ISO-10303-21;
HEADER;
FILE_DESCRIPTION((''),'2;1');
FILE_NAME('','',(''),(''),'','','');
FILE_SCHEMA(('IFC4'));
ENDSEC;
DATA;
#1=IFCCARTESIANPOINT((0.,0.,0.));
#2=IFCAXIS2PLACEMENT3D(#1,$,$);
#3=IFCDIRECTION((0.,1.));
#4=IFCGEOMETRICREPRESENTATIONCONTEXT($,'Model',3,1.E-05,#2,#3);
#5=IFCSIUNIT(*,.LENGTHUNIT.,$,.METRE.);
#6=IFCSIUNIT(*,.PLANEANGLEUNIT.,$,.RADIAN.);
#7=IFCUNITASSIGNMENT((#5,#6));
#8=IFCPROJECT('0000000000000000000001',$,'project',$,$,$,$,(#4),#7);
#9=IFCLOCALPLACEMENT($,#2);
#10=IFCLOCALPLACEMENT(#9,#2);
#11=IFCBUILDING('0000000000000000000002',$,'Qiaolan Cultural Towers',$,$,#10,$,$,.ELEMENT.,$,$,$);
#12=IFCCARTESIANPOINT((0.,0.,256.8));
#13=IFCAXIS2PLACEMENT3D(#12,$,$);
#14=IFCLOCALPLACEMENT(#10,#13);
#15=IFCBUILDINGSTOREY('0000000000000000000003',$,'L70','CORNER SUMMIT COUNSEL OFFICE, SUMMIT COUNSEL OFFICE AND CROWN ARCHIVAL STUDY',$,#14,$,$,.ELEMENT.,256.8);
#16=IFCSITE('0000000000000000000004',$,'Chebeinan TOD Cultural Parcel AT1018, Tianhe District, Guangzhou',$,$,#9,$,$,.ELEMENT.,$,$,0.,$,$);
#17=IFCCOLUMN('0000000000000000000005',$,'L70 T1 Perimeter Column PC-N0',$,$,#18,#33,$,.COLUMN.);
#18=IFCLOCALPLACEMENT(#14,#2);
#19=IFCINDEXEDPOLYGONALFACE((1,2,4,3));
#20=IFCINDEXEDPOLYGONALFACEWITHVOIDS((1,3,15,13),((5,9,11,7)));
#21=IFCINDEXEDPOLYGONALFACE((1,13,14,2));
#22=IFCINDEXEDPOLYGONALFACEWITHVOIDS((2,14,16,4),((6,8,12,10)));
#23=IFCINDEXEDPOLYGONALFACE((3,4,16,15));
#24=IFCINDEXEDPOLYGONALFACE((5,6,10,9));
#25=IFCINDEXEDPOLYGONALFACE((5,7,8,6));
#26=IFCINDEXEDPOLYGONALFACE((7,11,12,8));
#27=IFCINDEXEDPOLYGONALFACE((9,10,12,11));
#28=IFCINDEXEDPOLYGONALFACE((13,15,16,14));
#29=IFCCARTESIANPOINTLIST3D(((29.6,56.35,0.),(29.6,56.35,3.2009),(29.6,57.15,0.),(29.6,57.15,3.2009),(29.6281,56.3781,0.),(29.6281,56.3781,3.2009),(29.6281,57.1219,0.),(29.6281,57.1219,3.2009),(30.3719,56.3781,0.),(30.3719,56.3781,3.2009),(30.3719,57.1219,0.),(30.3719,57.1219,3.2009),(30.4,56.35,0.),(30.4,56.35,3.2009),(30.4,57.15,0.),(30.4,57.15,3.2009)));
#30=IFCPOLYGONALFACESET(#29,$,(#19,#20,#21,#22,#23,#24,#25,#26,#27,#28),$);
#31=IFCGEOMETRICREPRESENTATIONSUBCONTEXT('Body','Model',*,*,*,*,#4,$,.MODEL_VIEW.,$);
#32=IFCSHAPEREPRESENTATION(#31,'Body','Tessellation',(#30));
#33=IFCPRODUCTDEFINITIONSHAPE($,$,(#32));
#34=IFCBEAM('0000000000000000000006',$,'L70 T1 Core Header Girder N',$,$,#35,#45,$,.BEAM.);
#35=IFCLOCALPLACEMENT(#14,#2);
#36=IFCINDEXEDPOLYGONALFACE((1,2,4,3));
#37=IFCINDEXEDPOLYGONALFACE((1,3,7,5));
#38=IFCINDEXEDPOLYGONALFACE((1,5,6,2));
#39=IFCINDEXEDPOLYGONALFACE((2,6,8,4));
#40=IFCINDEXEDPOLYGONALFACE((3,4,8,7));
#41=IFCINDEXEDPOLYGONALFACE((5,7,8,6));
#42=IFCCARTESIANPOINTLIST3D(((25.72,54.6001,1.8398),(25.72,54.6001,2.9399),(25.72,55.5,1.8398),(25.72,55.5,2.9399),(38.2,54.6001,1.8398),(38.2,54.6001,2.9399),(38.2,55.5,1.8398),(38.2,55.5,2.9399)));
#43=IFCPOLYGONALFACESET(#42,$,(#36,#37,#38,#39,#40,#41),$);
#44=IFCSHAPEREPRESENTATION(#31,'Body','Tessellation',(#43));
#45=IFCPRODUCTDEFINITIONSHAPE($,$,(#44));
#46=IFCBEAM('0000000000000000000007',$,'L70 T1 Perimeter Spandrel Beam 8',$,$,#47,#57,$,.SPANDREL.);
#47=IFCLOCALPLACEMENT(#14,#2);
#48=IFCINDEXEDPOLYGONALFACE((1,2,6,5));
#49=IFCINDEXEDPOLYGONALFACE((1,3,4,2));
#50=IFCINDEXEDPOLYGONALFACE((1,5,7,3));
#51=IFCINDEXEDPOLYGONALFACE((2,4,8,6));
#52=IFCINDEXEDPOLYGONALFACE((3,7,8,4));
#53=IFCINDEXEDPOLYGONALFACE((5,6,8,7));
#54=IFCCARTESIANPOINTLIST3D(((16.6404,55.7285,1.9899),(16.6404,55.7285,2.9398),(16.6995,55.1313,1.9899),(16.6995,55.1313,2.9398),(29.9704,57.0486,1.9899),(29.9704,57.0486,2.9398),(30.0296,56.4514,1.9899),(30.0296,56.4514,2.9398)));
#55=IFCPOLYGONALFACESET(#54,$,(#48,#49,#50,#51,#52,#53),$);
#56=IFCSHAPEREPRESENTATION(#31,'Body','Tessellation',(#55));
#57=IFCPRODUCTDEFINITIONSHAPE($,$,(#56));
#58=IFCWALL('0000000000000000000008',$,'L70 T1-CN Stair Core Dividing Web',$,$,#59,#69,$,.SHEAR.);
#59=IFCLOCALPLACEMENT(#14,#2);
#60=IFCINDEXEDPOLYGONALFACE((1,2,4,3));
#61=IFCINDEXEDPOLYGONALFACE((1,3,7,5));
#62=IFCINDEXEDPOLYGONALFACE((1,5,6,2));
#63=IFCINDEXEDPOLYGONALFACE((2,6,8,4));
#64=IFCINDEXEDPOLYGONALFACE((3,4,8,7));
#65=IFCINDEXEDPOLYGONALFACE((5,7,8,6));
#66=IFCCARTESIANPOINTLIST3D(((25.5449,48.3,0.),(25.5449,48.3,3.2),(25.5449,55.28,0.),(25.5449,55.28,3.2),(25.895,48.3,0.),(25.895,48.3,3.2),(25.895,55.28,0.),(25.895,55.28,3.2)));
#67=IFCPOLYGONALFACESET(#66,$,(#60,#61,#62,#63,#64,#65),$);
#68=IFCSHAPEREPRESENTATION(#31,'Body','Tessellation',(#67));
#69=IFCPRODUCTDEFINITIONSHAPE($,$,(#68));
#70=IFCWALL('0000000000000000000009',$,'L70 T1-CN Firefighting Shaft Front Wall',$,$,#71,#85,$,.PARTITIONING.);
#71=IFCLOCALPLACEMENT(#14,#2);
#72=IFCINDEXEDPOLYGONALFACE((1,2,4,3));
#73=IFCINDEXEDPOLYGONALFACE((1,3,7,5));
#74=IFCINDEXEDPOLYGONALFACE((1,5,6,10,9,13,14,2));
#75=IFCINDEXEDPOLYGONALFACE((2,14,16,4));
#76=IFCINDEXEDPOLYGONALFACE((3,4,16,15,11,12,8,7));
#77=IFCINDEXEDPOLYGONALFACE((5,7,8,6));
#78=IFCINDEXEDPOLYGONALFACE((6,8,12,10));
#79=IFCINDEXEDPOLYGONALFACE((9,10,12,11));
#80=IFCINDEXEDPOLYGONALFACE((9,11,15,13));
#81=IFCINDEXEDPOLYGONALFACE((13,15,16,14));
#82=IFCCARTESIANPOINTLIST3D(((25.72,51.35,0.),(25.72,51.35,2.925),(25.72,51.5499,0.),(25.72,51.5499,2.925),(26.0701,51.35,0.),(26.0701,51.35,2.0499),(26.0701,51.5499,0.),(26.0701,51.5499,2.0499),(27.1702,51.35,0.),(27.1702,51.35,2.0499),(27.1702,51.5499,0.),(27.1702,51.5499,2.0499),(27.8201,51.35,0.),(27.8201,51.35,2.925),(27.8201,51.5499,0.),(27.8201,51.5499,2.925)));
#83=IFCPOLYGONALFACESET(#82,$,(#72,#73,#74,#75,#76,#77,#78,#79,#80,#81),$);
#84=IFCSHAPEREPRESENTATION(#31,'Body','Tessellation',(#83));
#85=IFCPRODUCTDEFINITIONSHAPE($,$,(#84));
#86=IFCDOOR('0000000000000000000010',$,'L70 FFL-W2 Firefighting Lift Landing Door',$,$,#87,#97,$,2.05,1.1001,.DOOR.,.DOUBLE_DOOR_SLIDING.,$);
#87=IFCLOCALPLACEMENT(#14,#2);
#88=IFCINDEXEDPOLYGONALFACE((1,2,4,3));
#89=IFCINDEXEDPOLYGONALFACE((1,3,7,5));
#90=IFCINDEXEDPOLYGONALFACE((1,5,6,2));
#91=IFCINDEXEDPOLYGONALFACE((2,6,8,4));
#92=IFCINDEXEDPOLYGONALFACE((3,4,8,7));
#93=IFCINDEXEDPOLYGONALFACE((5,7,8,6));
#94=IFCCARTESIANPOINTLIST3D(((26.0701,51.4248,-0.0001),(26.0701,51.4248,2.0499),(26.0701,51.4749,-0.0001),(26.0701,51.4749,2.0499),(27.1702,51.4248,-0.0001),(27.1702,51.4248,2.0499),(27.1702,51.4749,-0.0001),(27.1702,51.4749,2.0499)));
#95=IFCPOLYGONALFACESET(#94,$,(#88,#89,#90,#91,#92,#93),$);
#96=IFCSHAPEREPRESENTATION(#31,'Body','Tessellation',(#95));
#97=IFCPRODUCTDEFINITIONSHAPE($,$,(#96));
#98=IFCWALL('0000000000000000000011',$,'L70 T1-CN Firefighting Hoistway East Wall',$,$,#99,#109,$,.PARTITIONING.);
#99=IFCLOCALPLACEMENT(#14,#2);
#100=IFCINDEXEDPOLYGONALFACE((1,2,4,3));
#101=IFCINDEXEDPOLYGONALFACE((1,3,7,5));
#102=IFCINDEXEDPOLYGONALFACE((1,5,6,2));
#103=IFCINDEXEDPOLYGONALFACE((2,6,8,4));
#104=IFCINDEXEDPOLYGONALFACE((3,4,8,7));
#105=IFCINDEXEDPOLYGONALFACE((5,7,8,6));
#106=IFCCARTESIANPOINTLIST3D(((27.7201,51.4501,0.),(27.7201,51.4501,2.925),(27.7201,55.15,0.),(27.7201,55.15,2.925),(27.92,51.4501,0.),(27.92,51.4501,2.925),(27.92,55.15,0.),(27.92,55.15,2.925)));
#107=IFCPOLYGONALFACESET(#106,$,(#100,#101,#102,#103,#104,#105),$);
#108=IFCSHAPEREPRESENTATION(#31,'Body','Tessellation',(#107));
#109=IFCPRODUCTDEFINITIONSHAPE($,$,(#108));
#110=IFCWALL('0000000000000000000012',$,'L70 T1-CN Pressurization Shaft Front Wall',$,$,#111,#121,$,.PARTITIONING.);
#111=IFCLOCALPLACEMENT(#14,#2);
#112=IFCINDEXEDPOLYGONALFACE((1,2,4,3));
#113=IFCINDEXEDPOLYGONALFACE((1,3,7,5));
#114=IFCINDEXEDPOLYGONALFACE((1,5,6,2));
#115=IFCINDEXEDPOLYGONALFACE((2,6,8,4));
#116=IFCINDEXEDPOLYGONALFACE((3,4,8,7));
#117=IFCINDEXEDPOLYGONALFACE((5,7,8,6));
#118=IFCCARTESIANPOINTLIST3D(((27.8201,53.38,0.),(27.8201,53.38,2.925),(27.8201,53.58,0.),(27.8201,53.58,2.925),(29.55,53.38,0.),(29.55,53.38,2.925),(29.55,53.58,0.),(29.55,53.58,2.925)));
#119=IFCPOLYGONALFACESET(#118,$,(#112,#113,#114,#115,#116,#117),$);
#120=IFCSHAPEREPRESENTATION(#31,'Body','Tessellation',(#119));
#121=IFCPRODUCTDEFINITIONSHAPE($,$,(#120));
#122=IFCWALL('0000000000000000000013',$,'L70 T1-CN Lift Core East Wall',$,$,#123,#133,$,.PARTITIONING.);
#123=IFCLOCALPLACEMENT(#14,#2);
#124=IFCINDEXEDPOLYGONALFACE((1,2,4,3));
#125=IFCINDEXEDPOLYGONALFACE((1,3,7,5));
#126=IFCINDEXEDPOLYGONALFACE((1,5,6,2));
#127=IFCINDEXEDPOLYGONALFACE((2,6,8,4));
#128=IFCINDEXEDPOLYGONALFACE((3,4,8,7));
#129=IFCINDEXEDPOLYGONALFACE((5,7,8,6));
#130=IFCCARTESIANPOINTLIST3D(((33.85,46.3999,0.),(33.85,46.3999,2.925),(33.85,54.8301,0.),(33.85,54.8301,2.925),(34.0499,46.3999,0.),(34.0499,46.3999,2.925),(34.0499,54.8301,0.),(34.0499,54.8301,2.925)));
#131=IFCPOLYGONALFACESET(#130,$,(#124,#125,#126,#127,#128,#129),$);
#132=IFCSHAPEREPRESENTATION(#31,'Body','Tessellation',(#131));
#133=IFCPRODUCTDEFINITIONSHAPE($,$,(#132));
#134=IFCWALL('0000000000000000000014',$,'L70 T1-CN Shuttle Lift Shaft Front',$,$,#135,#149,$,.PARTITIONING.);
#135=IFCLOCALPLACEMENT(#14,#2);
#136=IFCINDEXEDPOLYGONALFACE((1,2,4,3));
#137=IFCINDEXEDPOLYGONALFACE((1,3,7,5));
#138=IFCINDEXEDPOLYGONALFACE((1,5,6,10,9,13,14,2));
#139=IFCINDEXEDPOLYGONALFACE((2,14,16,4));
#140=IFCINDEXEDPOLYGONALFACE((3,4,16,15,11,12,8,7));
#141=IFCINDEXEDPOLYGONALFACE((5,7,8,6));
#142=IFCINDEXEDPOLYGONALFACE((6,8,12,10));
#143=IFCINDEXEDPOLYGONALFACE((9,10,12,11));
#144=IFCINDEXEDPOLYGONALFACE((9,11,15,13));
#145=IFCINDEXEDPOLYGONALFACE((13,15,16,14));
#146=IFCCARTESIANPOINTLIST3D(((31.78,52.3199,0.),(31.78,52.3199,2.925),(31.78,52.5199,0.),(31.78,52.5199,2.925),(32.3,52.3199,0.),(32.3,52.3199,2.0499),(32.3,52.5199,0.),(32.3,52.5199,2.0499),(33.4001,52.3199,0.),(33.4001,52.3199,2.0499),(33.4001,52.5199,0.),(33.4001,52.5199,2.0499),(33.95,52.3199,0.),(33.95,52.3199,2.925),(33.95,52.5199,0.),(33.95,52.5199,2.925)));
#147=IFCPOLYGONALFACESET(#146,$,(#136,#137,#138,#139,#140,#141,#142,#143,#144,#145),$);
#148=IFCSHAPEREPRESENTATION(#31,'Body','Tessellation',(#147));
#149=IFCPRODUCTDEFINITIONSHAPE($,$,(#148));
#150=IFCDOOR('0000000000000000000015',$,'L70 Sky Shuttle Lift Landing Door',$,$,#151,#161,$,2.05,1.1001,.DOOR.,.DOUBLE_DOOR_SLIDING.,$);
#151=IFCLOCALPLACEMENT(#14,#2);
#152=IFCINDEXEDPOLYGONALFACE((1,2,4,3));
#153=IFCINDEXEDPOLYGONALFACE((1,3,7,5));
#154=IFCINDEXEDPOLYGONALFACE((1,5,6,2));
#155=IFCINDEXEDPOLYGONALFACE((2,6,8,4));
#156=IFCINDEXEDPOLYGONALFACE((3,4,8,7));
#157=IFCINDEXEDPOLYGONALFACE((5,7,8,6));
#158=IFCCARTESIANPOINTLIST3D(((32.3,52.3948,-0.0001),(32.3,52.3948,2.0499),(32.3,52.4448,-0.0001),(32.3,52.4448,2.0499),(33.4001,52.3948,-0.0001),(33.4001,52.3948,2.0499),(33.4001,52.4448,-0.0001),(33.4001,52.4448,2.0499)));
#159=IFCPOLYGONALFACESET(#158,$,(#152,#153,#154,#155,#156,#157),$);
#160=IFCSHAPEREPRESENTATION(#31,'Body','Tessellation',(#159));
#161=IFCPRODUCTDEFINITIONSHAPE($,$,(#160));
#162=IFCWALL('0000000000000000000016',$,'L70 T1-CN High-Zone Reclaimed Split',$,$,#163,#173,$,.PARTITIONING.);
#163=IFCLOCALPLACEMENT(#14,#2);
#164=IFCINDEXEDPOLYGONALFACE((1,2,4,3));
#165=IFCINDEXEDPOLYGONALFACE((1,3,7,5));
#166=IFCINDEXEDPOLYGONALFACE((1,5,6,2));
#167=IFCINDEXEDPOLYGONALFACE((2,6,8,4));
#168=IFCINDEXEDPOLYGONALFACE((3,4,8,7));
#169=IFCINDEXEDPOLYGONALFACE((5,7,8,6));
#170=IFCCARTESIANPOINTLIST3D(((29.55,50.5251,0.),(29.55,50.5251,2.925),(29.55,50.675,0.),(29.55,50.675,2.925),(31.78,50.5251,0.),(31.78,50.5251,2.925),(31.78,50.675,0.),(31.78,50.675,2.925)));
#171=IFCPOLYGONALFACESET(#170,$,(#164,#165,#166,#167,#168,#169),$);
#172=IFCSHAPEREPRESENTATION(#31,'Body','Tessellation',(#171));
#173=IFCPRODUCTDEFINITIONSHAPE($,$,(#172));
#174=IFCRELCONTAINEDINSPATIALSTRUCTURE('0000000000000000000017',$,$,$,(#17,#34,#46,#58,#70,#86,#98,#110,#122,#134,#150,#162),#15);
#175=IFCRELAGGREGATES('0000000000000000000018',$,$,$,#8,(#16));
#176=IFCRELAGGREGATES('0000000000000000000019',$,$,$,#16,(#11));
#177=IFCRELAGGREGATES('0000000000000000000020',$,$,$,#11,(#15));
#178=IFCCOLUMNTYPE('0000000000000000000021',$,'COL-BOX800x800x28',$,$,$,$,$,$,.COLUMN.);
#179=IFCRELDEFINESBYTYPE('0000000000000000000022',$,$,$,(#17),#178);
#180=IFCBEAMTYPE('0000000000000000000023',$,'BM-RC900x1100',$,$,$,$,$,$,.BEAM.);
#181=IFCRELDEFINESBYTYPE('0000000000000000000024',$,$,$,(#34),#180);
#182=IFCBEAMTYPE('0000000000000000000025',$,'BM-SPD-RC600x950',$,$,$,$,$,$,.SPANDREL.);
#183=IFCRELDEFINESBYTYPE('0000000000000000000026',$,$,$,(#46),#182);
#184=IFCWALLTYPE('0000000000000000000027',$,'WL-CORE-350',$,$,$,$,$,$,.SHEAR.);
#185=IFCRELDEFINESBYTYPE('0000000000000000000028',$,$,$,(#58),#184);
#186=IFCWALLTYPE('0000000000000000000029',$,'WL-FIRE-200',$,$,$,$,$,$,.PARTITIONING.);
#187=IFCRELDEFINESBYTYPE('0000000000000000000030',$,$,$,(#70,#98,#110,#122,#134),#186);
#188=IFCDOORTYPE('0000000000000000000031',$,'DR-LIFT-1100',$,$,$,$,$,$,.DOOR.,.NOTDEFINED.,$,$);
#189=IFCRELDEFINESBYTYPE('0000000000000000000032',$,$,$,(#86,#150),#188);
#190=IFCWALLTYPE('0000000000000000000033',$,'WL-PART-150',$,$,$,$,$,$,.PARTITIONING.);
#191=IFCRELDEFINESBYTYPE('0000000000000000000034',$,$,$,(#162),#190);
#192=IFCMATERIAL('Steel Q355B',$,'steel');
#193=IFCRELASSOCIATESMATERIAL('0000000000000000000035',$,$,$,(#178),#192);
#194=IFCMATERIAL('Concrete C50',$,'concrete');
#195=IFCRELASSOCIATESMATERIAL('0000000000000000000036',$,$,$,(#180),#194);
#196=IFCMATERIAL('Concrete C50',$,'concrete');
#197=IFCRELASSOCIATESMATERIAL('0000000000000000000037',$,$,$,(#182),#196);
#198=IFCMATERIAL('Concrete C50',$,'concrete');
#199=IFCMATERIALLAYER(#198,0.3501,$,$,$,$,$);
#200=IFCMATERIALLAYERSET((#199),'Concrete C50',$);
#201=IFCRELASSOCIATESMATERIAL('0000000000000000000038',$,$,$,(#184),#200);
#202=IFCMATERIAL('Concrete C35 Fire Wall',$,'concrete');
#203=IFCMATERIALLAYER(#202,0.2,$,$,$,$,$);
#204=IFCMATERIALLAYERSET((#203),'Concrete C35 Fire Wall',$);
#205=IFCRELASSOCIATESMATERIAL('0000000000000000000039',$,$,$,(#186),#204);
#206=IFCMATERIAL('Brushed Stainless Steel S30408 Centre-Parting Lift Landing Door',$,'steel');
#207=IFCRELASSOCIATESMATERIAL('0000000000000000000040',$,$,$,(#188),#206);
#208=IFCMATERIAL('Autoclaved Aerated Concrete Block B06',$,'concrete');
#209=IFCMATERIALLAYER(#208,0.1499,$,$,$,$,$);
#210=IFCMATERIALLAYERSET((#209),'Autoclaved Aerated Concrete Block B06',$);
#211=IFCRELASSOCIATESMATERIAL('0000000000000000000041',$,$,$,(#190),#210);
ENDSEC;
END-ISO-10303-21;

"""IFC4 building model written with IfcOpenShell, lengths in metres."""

from ifc_helpers import new_model, si_unit, direction, frame, frame_2d, origin, origin_2d, place, context, subcontext, project, spatial, rectangle, hollow_rectangle, extrude, material, layer, layer_set, material_profile, profile_set, type_object, element, fill, save


model = new_model("IFC4")

# Units and contexts
model_context = context("Model", 3, precision=1e-05, world=origin(), true_north=direction((0.0, 1.0)))
body_context = subcontext(model_context, "Body", "Model", "MODEL_VIEW")
ifc_project = project(units=[si_unit("LENGTHUNIT", "METRE"), si_unit("PLANEANGLEUNIT", "RADIAN")], contexts=[model_context])

# Site, building, storey
site_placement = place(None, origin())
site = spatial("IfcSite", under=ifc_project, at=site_placement, Name="Chebeinan TOD Cultural Parcel AT1018, Tianhe District, Guangzhou", CompositionType="ELEMENT", RefElevation=0.0)
building_placement = place(site_placement, origin())
building = spatial("IfcBuilding", under=site, at=building_placement, Name="Qiaolan Cultural Towers", CompositionType="ELEMENT")
storey_placement = place(building_placement, frame((0.0, 0.0, 256.8)))
storey = spatial("IfcBuildingStorey", under=building, at=storey_placement, Name="L70", Description="CORNER SUMMIT COUNSEL OFFICE, SUMMIT COUNSEL OFFICE AND CROWN ARCHIVAL STUDY", CompositionType="ELEMENT", Elevation=256.8)

# Column
ifc_material_1 = material(Name="Steel Q355B", Category="steel")
ifc_material_profile_1 = material_profile(ifc_material_1, hollow_rectangle(XDim=0.8, YDim=0.8, WallThickness=0.0281, at=origin_2d()), Name="BOX800x800x28")
ifc_profile_set_1 = profile_set([ifc_material_profile_1], Name="Steel Q355B")
column_type = type_object("IfcColumnType", Name="COL-BOX800x800x28", PredefinedType="COLUMN", material=ifc_profile_set_1)
column_placement = place(storey_placement, frame((30.0, 56.75, 0.0), z_axis=(0.0, 0.0, 1.0), x_axis=(1.0, 0.0, 0.0)))
element("IfcColumn", 1, at=column_placement, inside=storey, type_object=column_type, Name="L70 T1 Perimeter Column PC-N0", PredefinedType="COLUMN", context=body_context, shape_type="SweptSolid", body=[
    extrude(hollow_rectangle(XDim=0.8, YDim=0.8, WallThickness=0.0281, at=origin_2d()), origin(), (0.0, 0.0, 1.0), 3.2009),
])

# Beams
ifc_material_2 = material(Name="Concrete C50", Category="concrete")
ifc_material_profile_2 = material_profile(ifc_material_2, rectangle(XDim=0.8999, YDim=1.1001, at=origin_2d()), Name="RC900x1100")
ifc_profile_set_2 = profile_set([ifc_material_profile_2], Name="Concrete C50")
beam_type_1 = type_object("IfcBeamType", Name="BM-RC900x1100", PredefinedType="BEAM", material=ifc_profile_set_2)
beam_1_placement = place(storey_placement, frame((25.72, 55.05, 2.3899), z_axis=(1.0, 0.0, 0.0), x_axis=(0.0, 1.0, 0.0)))
element("IfcBeam", 2, at=beam_1_placement, inside=storey, type_object=beam_type_1, Name="L70 T1 Core Header Girder N", PredefinedType="BEAM", context=body_context, shape_type="SweptSolid", body=[
    extrude(rectangle(XDim=0.8999, YDim=1.1001, at=origin_2d()), origin(), (0.0, 0.0, 1.0), 12.48),
])
ifc_material_3 = material(Name="Concrete C50", Category="concrete")
ifc_material_profile_3 = material_profile(ifc_material_3, rectangle(XDim=0.6001, YDim=0.95, at=origin_2d()), Name="RC600x950")
ifc_profile_set_3 = profile_set([ifc_material_profile_3], Name="Concrete C50")
beam_type_2 = type_object("IfcBeamType", Name="BM-SPD-RC600x950", PredefinedType="SPANDREL", material=ifc_profile_set_3)
beam_2_placement = place(storey_placement, frame((30.0, 56.75, 2.4648), z_axis=(-0.995132, -0.098547, 0.0), x_axis=(0.098547, -0.995132, 0.0)))
element("IfcBeam", 3, at=beam_2_placement, inside=storey, type_object=beam_type_2, Name="L70 T1 Perimeter Spandrel Beam 8", PredefinedType="SPANDREL", context=body_context, shape_type="SweptSolid", body=[
    extrude(rectangle(XDim=0.6001, YDim=0.95, at=origin_2d()), origin(), (0.0, 0.0, 1.0), 13.3953),
])

# Wall
ifc_material_4 = material(Name="Concrete C50", Category="concrete")
ifc_layer_1 = layer(ifc_material_4, 0.3501)
ifc_layer_set_1 = layer_set([ifc_layer_1], Name="Concrete C50")
wall_type_1 = type_object("IfcWallType", Name="WL-CORE-350", PredefinedType="SHEAR", material=ifc_layer_set_1)
wall_1_placement = place(storey_placement, frame((25.72, 48.3, 0.0), z_axis=(0.0, 0.0, 1.0), x_axis=(0.0, 1.0, 0.0)))
element("IfcWall", 4, at=wall_1_placement, inside=storey, type_object=wall_type_1, Name="L70 T1-CN Stair Core Dividing Web", PredefinedType="SHEAR", context=body_context, shape_type="SweptSolid", body=[
    extrude(rectangle(XDim=6.98, YDim=0.3501, at=frame_2d((3.49, 0.0))), origin(), (0.0, 0.0, 1.0), 3.2),
])

# Wall, opening, door
ifc_material_5 = material(Name="Concrete C35 Fire Wall", Category="concrete")
ifc_layer_2 = layer(ifc_material_5, 0.2)
ifc_layer_set_2 = layer_set([ifc_layer_2], Name="Concrete C35 Fire Wall")
wall_type_2 = type_object("IfcWallType", Name="WL-FIRE-200", PredefinedType="PARTITIONING", material=ifc_layer_set_2)
wall_2_placement = place(storey_placement, frame((25.72, 51.45, 0.0), z_axis=(0.0, 0.0, 1.0), x_axis=(1.0, 0.0, 0.0)))
wall_2 = element("IfcWall", 5, at=wall_2_placement, inside=storey, type_object=wall_type_2, Name="L70 T1-CN Firefighting Shaft Front Wall", PredefinedType="PARTITIONING", context=body_context, shape_type="SweptSolid", body=[
    extrude(rectangle(XDim=2.1001, YDim=0.2, at=frame_2d((1.05, 0.0))), origin(), (0.0, 0.0, 1.0), 2.925),
])
opening_1_placement = place(wall_2_placement, frame((0.3501, 0.0, 0.0)))
opening_1 = element("IfcOpeningElement", 6, at=opening_1_placement, cuts=wall_2, PredefinedType="OPENING", context=body_context, shape_type="SweptSolid", body=[
    extrude(rectangle(XDim=1.1001, YDim=2.05, at=frame_2d((0.55, 1.0249))), frame((0.0, 0.1099, 0.0), z_axis=(0.0, -1.0, 0.0), x_axis=(1.0, 0.0, 0.0)), (0.0, 0.0, 1.0), 0.22),
])
ifc_material_6 = material(Name="Brushed Stainless Steel S30408 Centre-Parting Lift Landing Door", Category="steel")
door_type = type_object("IfcDoorType", Name="DR-LIFT-1100", OperationType="NOTDEFINED", PredefinedType="DOOR", material=ifc_material_6)
door_1_placement = place(opening_1_placement, origin())
door_1 = element("IfcDoor", 7, at=door_1_placement, inside=storey, type_object=door_type, Name="L70 FFL-W2 Firefighting Lift Landing Door", OperationType="DOUBLE_DOOR_SLIDING", OverallHeight=2.05, OverallWidth=1.1001, PredefinedType="DOOR", context=body_context, shape_type="SweptSolid", body=[
    extrude(rectangle(XDim=1.1001, YDim=2.05, at=frame_2d((0.55, 1.0249))), frame((0.0, 0.0249, 0.0), z_axis=(0.0, -1.0, 0.0), x_axis=(1.0, 0.0, 0.0)), (0.0, 0.0, 1.0), 0.05),
])
fill(opening_1, door_1)

# Walls
wall_3_placement = place(storey_placement, frame((27.8201, 51.45, 0.0), z_axis=(0.0, 0.0, 1.0), x_axis=(0.0, 1.0, 0.0)))
element("IfcWall", 8, at=wall_3_placement, inside=storey, type_object=wall_type_2, Name="L70 T1-CN Firefighting Hoistway East Wall", PredefinedType="PARTITIONING", context=body_context, shape_type="SweptSolid", body=[
    extrude(rectangle(XDim=3.7, YDim=0.2, at=frame_2d((1.8501, 0.0))), origin(), (0.0, 0.0, 1.0), 2.925),
])
wall_4_placement = place(storey_placement, frame((27.8201, 53.48, 0.0), z_axis=(0.0, 0.0, 1.0), x_axis=(1.0, 0.0, 0.0)))
element("IfcWall", 9, at=wall_4_placement, inside=storey, type_object=wall_type_2, Name="L70 T1-CN Pressurization Shaft Front Wall", PredefinedType="PARTITIONING", context=body_context, shape_type="SweptSolid", body=[
    extrude(rectangle(XDim=1.73, YDim=0.2, at=frame_2d((0.865, 0.0))), origin(), (0.0, 0.0, 1.0), 2.925),
])
wall_5_placement = place(storey_placement, frame((33.95, 46.3999, 0.0), z_axis=(0.0, 0.0, 1.0), x_axis=(0.0, 1.0, 0.0)))
element("IfcWall", 10, at=wall_5_placement, inside=storey, type_object=wall_type_2, Name="L70 T1-CN Lift Core East Wall", PredefinedType="PARTITIONING", context=body_context, shape_type="SweptSolid", body=[
    extrude(rectangle(XDim=8.4302, YDim=0.2, at=frame_2d((4.2151, 0.0))), origin(), (0.0, 0.0, 1.0), 2.925),
])

# Wall, opening, door
wall_6_placement = place(storey_placement, frame((31.78, 52.4199, 0.0), z_axis=(0.0, 0.0, 1.0), x_axis=(1.0, 0.0, 0.0)))
wall_6 = element("IfcWall", 11, at=wall_6_placement, inside=storey, type_object=wall_type_2, Name="L70 T1-CN Shuttle Lift Shaft Front", PredefinedType="PARTITIONING", context=body_context, shape_type="SweptSolid", body=[
    extrude(rectangle(XDim=2.1699, YDim=0.2, at=frame_2d((1.085, 0.0))), origin(), (0.0, 0.0, 1.0), 2.925),
])
opening_2_placement = place(wall_6_placement, frame((0.52, 0.0, 0.0)))
opening_2 = element("IfcOpeningElement", 12, at=opening_2_placement, cuts=wall_6, PredefinedType="OPENING", context=body_context, shape_type="SweptSolid", body=[
    extrude(rectangle(XDim=1.1001, YDim=2.05, at=frame_2d((0.55, 1.0249))), frame((0.0, 0.1099, 0.0), z_axis=(0.0, -1.0, 0.0), x_axis=(1.0, 0.0, 0.0)), (0.0, 0.0, 1.0), 0.22),
])
door_2_placement = place(opening_2_placement, origin())
door_2 = element("IfcDoor", 13, at=door_2_placement, inside=storey, type_object=door_type, Name="L70 Sky Shuttle Lift Landing Door", OperationType="DOUBLE_DOOR_SLIDING", OverallHeight=2.05, OverallWidth=1.1001, PredefinedType="DOOR", context=body_context, shape_type="SweptSolid", body=[
    extrude(rectangle(XDim=1.1001, YDim=2.05, at=frame_2d((0.55, 1.0249))), frame((0.0, 0.0249, 0.0), z_axis=(0.0, -1.0, 0.0), x_axis=(1.0, 0.0, 0.0)), (0.0, 0.0, 1.0), 0.05),
])
fill(opening_2, door_2)

# Wall
ifc_material_7 = material(Name="Autoclaved Aerated Concrete Block B06", Category="concrete")
ifc_layer_3 = layer(ifc_material_7, 0.1499)
ifc_layer_set_3 = layer_set([ifc_layer_3], Name="Autoclaved Aerated Concrete Block B06")
wall_type_3 = type_object("IfcWallType", Name="WL-PART-150", PredefinedType="PARTITIONING", material=ifc_layer_set_3)
wall_7_placement = place(storey_placement, frame((29.55, 50.6001, 0.0), z_axis=(0.0, 0.0, 1.0), x_axis=(1.0, 0.0, 0.0)))
element("IfcWall", 14, at=wall_7_placement, inside=storey, type_object=wall_type_3, Name="L70 T1-CN High-Zone Reclaimed Split", PredefinedType="PARTITIONING", context=body_context, shape_type="SweptSolid", body=[
    extrude(rectangle(XDim=2.23, YDim=0.1499, at=frame_2d((1.115, 0.0))), origin(), (0.0, 0.0, 1.0), 2.925),
])

save(model, "model.ifc")
